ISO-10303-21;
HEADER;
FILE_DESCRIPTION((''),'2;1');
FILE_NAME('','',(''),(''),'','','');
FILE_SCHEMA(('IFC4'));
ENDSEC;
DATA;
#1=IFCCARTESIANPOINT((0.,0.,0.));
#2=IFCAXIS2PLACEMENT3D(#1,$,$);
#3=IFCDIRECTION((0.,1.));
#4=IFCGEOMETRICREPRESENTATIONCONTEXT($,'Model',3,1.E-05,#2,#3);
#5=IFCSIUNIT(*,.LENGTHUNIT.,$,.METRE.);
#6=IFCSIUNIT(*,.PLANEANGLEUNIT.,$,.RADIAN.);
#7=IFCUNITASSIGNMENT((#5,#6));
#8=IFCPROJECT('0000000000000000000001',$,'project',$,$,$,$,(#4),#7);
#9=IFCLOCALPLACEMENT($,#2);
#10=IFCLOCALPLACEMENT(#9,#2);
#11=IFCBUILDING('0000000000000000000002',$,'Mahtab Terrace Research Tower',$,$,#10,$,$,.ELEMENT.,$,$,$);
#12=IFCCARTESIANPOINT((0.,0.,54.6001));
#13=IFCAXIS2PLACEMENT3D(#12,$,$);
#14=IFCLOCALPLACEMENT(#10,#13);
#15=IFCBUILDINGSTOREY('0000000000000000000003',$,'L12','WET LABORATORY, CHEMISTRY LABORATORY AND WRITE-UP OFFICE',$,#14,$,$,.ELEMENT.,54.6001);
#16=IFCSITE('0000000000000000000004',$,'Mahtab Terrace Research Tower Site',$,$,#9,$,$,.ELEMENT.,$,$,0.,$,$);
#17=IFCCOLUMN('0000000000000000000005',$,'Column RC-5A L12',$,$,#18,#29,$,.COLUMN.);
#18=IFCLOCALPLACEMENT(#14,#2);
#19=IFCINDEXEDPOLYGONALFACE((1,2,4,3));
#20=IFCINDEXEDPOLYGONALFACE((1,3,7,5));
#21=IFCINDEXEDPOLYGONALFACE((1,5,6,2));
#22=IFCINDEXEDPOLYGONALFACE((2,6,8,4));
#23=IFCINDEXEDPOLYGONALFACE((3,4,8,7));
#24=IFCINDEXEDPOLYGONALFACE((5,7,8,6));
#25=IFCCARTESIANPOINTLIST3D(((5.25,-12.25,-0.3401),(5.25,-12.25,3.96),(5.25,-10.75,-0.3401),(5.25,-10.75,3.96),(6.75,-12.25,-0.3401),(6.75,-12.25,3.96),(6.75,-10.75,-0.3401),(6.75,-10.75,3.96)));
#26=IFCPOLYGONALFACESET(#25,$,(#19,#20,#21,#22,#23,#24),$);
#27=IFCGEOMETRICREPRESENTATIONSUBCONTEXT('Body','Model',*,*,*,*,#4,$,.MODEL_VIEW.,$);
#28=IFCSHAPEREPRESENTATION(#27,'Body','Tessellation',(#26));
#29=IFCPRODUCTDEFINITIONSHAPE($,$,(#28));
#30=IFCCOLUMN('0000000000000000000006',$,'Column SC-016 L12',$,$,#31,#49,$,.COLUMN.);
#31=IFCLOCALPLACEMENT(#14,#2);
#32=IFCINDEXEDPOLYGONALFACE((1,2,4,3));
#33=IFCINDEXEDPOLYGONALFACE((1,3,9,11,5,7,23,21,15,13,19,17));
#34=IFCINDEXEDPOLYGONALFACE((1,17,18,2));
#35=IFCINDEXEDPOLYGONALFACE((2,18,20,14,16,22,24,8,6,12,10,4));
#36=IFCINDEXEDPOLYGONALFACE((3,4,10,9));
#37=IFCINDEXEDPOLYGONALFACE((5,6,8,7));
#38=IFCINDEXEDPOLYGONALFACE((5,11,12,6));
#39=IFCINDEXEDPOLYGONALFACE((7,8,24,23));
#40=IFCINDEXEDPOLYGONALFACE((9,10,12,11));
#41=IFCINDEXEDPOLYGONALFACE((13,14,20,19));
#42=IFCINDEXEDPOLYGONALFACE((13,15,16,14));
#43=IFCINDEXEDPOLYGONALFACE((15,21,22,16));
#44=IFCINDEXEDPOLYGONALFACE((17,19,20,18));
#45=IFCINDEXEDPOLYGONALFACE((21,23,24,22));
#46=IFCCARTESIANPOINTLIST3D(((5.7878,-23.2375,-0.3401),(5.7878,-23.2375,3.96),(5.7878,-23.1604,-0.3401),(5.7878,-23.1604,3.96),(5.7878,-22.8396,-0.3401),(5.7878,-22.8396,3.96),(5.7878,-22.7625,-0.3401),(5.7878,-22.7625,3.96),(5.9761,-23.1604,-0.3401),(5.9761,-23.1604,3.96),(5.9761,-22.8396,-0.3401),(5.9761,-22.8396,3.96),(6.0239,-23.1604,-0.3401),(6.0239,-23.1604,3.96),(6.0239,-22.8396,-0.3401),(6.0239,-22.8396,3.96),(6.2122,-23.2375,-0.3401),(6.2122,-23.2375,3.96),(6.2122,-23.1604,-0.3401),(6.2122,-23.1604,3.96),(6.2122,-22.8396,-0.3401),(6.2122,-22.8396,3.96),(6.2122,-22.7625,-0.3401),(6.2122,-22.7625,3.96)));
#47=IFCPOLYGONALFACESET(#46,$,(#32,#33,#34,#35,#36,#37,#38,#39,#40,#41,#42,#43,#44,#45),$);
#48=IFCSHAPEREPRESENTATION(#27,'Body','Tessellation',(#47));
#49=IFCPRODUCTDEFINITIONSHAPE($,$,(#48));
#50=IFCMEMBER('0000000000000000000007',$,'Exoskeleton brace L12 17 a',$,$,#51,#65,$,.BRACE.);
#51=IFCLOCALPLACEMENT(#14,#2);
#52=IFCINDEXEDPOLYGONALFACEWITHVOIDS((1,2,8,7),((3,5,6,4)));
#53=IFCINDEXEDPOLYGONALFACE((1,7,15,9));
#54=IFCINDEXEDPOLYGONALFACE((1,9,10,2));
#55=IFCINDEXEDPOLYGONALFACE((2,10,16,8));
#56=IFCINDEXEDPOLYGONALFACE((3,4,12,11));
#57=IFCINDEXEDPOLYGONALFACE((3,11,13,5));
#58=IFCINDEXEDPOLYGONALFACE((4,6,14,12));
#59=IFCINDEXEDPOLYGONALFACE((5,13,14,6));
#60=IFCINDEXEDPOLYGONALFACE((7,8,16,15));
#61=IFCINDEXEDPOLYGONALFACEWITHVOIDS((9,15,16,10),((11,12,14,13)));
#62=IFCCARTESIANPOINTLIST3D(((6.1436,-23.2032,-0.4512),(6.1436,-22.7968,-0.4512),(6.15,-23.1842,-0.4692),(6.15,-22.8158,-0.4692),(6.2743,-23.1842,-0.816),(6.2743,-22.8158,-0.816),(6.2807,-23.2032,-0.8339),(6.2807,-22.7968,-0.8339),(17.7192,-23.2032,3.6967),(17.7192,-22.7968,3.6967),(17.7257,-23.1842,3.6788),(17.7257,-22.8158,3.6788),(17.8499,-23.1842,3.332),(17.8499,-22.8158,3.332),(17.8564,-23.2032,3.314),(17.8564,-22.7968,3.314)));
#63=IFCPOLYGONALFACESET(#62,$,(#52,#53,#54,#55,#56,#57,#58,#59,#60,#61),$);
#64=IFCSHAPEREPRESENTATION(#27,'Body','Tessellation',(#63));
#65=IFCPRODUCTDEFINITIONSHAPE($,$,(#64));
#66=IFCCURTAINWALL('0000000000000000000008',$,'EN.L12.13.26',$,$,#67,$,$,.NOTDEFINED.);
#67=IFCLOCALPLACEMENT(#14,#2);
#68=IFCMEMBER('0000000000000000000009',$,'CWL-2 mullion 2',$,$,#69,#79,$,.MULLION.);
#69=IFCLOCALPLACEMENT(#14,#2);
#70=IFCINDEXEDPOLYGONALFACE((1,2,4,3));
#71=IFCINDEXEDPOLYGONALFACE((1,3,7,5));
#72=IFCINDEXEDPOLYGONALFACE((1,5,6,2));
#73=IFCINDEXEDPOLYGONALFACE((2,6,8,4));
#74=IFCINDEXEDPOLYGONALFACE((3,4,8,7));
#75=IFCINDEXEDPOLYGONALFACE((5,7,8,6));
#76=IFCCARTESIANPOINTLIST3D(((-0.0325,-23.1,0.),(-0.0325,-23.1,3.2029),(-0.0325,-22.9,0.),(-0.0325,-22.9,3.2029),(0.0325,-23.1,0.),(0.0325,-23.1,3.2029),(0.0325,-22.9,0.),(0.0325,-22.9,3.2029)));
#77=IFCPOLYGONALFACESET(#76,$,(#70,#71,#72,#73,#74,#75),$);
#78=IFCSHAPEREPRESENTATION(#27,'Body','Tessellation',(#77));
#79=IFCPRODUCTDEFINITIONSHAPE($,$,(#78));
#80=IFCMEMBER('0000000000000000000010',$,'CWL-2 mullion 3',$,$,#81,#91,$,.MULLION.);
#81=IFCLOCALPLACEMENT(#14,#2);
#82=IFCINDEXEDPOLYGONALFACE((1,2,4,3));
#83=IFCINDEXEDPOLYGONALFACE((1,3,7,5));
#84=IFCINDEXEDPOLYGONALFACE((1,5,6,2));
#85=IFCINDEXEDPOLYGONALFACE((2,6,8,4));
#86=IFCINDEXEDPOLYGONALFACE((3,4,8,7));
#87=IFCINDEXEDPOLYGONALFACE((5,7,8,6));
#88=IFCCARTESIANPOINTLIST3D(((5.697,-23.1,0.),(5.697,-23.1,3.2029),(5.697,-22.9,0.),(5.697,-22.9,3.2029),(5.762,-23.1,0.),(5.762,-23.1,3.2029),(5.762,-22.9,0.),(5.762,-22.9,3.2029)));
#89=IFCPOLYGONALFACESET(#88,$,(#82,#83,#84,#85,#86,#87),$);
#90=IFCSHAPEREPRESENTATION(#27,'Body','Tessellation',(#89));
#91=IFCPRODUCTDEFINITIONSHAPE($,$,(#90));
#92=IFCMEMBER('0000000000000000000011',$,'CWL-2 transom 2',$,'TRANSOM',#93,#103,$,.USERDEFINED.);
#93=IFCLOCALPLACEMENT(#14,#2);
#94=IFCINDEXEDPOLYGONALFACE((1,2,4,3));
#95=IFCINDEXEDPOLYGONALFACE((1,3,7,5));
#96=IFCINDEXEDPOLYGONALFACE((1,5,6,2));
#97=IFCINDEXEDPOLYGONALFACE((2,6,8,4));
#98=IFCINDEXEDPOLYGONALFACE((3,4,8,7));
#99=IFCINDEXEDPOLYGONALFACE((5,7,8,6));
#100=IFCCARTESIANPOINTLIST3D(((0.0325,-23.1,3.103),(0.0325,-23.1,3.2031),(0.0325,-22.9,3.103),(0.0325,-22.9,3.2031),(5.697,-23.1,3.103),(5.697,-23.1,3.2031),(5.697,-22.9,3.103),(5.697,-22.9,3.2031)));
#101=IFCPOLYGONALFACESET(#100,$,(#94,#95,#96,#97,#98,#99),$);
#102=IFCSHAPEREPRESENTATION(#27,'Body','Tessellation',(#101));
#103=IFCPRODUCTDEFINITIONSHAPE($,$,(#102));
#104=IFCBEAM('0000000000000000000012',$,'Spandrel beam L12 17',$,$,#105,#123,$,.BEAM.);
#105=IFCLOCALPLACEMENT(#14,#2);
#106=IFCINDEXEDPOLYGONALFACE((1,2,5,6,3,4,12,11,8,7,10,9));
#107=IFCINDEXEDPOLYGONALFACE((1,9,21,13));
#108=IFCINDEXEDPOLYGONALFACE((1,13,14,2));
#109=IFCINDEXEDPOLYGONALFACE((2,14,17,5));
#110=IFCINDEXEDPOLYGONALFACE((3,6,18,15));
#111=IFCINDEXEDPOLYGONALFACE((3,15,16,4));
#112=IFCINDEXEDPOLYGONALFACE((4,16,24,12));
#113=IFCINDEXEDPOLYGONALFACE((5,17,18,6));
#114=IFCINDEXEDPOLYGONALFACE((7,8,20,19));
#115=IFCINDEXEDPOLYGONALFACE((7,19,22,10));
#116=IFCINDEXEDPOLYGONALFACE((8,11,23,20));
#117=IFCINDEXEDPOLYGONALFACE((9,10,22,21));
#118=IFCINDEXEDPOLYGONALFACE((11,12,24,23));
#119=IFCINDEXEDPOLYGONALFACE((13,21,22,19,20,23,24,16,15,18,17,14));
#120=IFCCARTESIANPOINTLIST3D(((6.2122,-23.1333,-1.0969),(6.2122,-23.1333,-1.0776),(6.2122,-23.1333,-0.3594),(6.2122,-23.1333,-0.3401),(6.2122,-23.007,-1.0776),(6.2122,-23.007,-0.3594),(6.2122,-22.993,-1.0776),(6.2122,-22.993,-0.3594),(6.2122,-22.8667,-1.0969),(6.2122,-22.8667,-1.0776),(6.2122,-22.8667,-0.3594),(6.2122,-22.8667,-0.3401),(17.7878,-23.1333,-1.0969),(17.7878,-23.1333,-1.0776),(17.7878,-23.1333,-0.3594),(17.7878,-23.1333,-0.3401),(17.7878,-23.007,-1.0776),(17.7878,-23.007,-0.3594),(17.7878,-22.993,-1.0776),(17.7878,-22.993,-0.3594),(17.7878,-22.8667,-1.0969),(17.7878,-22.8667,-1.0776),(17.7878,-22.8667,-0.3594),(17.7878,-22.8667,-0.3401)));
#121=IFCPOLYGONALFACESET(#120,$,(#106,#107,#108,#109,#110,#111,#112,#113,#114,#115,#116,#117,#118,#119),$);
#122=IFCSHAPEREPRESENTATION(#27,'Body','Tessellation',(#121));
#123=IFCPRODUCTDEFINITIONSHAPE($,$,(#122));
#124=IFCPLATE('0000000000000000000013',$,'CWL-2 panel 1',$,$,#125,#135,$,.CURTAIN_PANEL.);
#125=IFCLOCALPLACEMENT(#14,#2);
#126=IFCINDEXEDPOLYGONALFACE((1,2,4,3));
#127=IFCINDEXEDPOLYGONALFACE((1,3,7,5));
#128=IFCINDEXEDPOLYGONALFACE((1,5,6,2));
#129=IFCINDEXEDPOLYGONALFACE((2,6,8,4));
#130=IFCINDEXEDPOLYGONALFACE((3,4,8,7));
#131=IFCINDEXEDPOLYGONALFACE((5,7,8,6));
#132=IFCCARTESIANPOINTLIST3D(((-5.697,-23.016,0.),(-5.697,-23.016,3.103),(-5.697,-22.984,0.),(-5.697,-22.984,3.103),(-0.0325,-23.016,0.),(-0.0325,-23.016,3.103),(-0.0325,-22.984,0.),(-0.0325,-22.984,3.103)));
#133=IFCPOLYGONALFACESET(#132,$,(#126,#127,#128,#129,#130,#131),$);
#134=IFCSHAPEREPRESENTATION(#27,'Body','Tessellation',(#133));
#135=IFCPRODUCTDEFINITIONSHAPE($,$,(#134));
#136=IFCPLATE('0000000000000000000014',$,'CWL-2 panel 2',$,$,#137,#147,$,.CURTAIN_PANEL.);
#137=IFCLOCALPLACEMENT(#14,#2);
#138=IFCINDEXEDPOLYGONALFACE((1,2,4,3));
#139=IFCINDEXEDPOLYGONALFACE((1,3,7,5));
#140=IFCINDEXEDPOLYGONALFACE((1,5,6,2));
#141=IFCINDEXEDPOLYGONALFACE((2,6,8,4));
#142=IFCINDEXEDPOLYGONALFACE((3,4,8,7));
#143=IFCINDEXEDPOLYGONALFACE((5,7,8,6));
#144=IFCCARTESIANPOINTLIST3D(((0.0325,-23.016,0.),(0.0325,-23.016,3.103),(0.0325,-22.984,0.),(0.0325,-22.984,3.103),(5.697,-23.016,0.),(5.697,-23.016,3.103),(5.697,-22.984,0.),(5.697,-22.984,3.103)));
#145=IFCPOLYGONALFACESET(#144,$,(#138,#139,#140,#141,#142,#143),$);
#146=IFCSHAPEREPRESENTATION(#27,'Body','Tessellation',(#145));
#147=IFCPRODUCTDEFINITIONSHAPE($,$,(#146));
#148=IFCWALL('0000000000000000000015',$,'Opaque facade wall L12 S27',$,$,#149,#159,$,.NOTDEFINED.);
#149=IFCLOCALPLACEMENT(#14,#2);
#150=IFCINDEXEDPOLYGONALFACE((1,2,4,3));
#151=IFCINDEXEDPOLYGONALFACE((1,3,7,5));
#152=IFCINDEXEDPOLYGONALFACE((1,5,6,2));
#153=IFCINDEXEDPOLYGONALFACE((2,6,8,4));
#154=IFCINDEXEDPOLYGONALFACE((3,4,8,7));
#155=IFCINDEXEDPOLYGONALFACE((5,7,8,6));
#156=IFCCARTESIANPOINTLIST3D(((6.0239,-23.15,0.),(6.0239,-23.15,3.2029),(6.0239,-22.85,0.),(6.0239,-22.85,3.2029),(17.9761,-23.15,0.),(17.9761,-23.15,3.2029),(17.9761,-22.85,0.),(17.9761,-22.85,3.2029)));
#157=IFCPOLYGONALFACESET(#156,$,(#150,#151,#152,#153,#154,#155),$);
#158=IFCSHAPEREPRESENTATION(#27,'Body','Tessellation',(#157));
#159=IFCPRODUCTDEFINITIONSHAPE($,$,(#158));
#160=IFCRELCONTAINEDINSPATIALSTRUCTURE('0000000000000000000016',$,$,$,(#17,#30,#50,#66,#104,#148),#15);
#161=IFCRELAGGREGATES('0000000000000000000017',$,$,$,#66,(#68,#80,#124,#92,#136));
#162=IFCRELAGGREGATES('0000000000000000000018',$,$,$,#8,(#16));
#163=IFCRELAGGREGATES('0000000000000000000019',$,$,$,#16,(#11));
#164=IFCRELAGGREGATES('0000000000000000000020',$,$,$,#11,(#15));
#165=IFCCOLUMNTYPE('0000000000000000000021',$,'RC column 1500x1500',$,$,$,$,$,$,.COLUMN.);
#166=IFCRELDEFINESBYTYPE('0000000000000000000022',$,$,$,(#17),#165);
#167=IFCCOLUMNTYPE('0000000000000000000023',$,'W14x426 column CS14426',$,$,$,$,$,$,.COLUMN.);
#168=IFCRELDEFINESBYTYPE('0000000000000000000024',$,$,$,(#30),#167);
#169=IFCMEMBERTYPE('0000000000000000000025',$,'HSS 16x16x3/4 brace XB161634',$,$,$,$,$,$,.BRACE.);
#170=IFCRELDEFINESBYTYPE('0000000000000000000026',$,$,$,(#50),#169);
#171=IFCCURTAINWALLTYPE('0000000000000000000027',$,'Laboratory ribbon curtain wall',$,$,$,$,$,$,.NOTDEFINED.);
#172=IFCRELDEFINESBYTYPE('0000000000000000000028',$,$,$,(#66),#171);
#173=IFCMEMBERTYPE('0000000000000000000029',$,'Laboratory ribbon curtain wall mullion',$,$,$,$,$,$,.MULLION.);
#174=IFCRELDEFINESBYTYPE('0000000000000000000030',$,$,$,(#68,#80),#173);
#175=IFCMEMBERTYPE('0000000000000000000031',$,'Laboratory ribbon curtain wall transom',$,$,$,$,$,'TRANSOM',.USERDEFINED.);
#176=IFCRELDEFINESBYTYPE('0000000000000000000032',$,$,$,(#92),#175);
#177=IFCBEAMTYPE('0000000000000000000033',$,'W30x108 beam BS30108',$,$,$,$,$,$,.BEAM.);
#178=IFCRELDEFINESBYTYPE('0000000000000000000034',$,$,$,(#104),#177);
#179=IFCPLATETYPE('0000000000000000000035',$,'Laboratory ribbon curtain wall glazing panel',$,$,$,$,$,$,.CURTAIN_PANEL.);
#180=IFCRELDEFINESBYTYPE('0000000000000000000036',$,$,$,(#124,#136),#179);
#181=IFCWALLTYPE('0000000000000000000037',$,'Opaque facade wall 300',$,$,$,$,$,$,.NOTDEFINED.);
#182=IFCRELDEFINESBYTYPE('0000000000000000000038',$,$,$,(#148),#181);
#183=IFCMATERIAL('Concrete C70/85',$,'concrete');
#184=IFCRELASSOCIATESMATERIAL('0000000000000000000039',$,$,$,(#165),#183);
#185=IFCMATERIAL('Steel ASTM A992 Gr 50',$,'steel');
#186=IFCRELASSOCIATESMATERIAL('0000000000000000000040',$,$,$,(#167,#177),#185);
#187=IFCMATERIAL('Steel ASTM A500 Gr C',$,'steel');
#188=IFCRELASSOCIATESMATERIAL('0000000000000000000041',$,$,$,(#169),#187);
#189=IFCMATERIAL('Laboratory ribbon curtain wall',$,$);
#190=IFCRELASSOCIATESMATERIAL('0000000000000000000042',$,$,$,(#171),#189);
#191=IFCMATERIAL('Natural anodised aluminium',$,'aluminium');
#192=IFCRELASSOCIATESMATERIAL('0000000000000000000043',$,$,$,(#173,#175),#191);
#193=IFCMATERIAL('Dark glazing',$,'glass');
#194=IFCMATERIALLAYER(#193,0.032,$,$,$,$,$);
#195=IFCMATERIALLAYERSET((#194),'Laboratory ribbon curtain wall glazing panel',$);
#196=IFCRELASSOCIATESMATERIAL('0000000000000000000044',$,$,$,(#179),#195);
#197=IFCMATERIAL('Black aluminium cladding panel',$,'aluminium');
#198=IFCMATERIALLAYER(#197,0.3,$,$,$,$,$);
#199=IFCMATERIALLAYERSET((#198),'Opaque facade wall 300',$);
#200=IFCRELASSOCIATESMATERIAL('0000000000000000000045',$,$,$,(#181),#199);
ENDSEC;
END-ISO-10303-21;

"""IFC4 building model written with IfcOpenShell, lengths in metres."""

from ifc_helpers import new_model, si_unit, direction, frame, frame_2d, origin, origin_2d, place, context, subcontext, project, spatial, rectangle, hollow_rectangle, i_section, extrude, material, layer, layer_set, material_profile, profile_set, type_object, element, aggregate, save


model = new_model("IFC4")

# Units and contexts
model_context = context("Model", 3, precision=1e-05, world=origin(), true_north=direction((0.0, 1.0)))
body_context = subcontext(model_context, "Body", "Model", "MODEL_VIEW")
ifc_project = project(units=[si_unit("LENGTHUNIT", "METRE"), si_unit("PLANEANGLEUNIT", "RADIAN")], contexts=[model_context])

# Site, building, storey
site_placement = place(None, origin())
site = spatial("IfcSite", under=ifc_project, at=site_placement, Name="Mahtab Terrace Research Tower Site", CompositionType="ELEMENT", RefElevation=0.0)
building_placement = place(site_placement, origin())
building = spatial("IfcBuilding", under=site, at=building_placement, Name="Mahtab Terrace Research Tower", CompositionType="ELEMENT")
storey_placement = place(building_placement, frame((0.0, 0.0, 54.6001)))
storey = spatial("IfcBuildingStorey", under=building, at=storey_placement, Name="L12", Description="WET LABORATORY, CHEMISTRY LABORATORY AND WRITE-UP OFFICE", CompositionType="ELEMENT", Elevation=54.6001)

# Columns
ifc_material_1 = material(Name="Concrete C70/85", Category="concrete")
ifc_material_profile_1 = material_profile(ifc_material_1, rectangle(XDim=1.5, YDim=1.5, at=origin_2d()), Name="RC column 1500x1500")
ifc_profile_set_1 = profile_set([ifc_material_profile_1], Name="Concrete C70/85")
column_type_1 = type_object("IfcColumnType", Name="RC column 1500x1500", PredefinedType="COLUMN", material=ifc_profile_set_1)
column_1_placement = place(storey_placement, frame((6.0, -11.5, -0.3401), z_axis=(0.0, 0.0, 1.0), x_axis=(1.0, 0.0, 0.0)))
element("IfcColumn", 1, at=column_1_placement, inside=storey, type_object=column_type_1, Name="Column RC-5A L12", PredefinedType="COLUMN", context=body_context, shape_type="SweptSolid", body=[
    extrude(rectangle(XDim=1.5, YDim=1.5, at=origin_2d()), origin(), (0.0, 0.0, 1.0), 4.3),
])
ifc_material_2 = material(Name="Steel ASTM A992 Gr 50", Category="steel")
ifc_material_profile_2 = material_profile(ifc_material_2, i_section(OverallWidth=0.4243, OverallDepth=0.4751, WebThickness=0.0479, FlangeThickness=0.0771, at=origin_2d()), Name="W14X426")
ifc_profile_set_2 = profile_set([ifc_material_profile_2], Name="Steel ASTM A992 Gr 50")
column_type_2 = type_object("IfcColumnType", Name="W14x426 column CS14426", PredefinedType="COLUMN", material=ifc_profile_set_2)
column_2_placement = place(storey_placement, frame((6.0, -23.0, -0.3401), z_axis=(0.0, 0.0, 1.0), x_axis=(1.0, 0.0, 0.0)))
element("IfcColumn", 2, at=column_2_placement, inside=storey, type_object=column_type_2, Name="Column SC-016 L12", PredefinedType="COLUMN", context=body_context, shape_type="SweptSolid", body=[
    extrude(i_section(OverallWidth=0.4243, OverallDepth=0.4751, WebThickness=0.0479, FlangeThickness=0.0771, at=origin_2d()), origin(), (0.0, 0.0, 1.0), 4.3),
])

# Member
ifc_material_3 = material(Name="Steel ASTM A500 Gr C", Category="steel")
ifc_material_profile_3 = material_profile(ifc_material_3, hollow_rectangle(XDim=0.4065, YDim=0.4065, WallThickness=0.019, at=origin_2d()), Name="HSS16X16X3/4")
ifc_profile_set_3 = profile_set([ifc_material_profile_3], Name="Steel ASTM A500 Gr C")
member_type_1 = type_object("IfcMemberType", Name="HSS 16x16x3/4 brace XB161634", PredefinedType="BRACE", material=ifc_profile_set_3)
member_1_placement = place(storey_placement, frame((6.2122, -23.0, -0.6426), z_axis=(0.941387, 0.0, 0.33733), x_axis=(0.0, 1.0, 0.0)))
element("IfcMember", 3, at=member_1_placement, inside=storey, type_object=member_type_1, Name="Exoskeleton brace L12 17 a", PredefinedType="BRACE", context=body_context, shape_type="SweptSolid", body=[
    extrude(hollow_rectangle(XDim=0.4065, YDim=0.4065, WallThickness=0.019, at=origin_2d()), origin(), (0.0, 0.0, 1.0), 12.2964),
])

# Curtain wall, members
ifc_material_4 = material(Name="Laboratory ribbon curtain wall")
curtain_wall_type = type_object("IfcCurtainWallType", Name="Laboratory ribbon curtain wall", PredefinedType="NOTDEFINED", material=ifc_material_4)
curtain_wall_placement = place(storey_placement, origin())
curtain_wall = element("IfcCurtainWall", 4, at=curtain_wall_placement, inside=storey, type_object=curtain_wall_type, Name="EN.L12.13.26", PredefinedType="NOTDEFINED")
ifc_material_5 = material(Name="Natural anodised aluminium", Category="aluminium")
ifc_material_profile_4 = material_profile(ifc_material_5, rectangle(XDim=0.2, YDim=0.0649, at=origin_2d()), Name="MULLION 65x200")
ifc_profile_set_4 = profile_set([ifc_material_profile_4], Name="Natural anodised aluminium")
member_type_2 = type_object("IfcMemberType", Name="Laboratory ribbon curtain wall mullion", PredefinedType="MULLION", material=ifc_profile_set_4)
member_2_placement = place(storey_placement, frame((0.0, -23.0, 0.0), z_axis=(0.0, 0.0, 1.0), x_axis=(0.0, 1.0, 0.0)))
member_2 = element("IfcMember", 5, at=member_2_placement, type_object=member_type_2, Name="CWL-2 mullion 2", PredefinedType="MULLION", context=body_context, shape_type="SweptSolid", body=[
    extrude(rectangle(XDim=0.2, YDim=0.0649, at=origin_2d()), origin(), (0.0, 0.0, 1.0), 3.2029),
])
member_3_placement = place(storey_placement, frame((5.7295, -23.0, 0.0), z_axis=(0.0, 0.0, 1.0), x_axis=(0.0, 1.0, 0.0)))
member_3 = element("IfcMember", 6, at=member_3_placement, type_object=member_type_2, Name="CWL-2 mullion 3", PredefinedType="MULLION", context=body_context, shape_type="SweptSolid", body=[
    extrude(rectangle(XDim=0.2, YDim=0.0649, at=origin_2d()), origin(), (0.0, 0.0, 1.0), 3.2029),
])
ifc_material_profile_5 = material_profile(ifc_material_5, rectangle(XDim=0.2, YDim=0.1001, at=origin_2d()), Name="TRANSOM 100x200")
ifc_profile_set_5 = profile_set([ifc_material_profile_5], Name="Natural anodised aluminium")
member_type_3 = type_object("IfcMemberType", Name="Laboratory ribbon curtain wall transom", ElementType="TRANSOM", PredefinedType="USERDEFINED", material=ifc_profile_set_5)
member_4_placement = place(storey_placement, frame((0.0325, -23.0, 3.1531), z_axis=(1.0, 0.0, 0.0), x_axis=(0.0, 1.0, 0.0)))
member_4 = element("IfcMember", 7, at=member_4_placement, type_object=member_type_3, Name="CWL-2 transom 2", ObjectType="TRANSOM", PredefinedType="USERDEFINED", context=body_context, shape_type="SweptSolid", body=[
    extrude(rectangle(XDim=0.2, YDim=0.1001, at=origin_2d()), origin(), (0.0, 0.0, 1.0), 5.6646),
])

# Beam
ifc_material_profile_6 = material_profile(ifc_material_2, i_section(OverallWidth=0.2666, OverallDepth=0.7568, WebThickness=0.0139, FlangeThickness=0.0193, at=origin_2d()), Name="W30X108")
ifc_profile_set_6 = profile_set([ifc_material_profile_6], Name="Steel ASTM A992 Gr 50")
beam_type = type_object("IfcBeamType", Name="W30x108 beam BS30108", PredefinedType="BEAM", material=ifc_profile_set_6)
beam_placement = place(storey_placement, frame((6.2122, -23.0, -0.7185), z_axis=(1.0, 0.0, 0.0), x_axis=(0.0, 1.0, 0.0)))
element("IfcBeam", 8, at=beam_placement, inside=storey, type_object=beam_type, Name="Spandrel beam L12 17", PredefinedType="BEAM", context=body_context, shape_type="SweptSolid", body=[
    extrude(i_section(OverallWidth=0.2666, OverallDepth=0.7568, WebThickness=0.0139, FlangeThickness=0.0193, at=origin_2d()), origin(), (0.0, 0.0, 1.0), 11.5757),
])

# Plates
ifc_material_6 = material(Name="Dark glazing", Category="glass")
ifc_layer_1 = layer(ifc_material_6, 0.032)
ifc_layer_set_1 = layer_set([ifc_layer_1], Name="Laboratory ribbon curtain wall glazing panel")
plate_type = type_object("IfcPlateType", Name="Laboratory ribbon curtain wall glazing panel", PredefinedType="CURTAIN_PANEL", material=ifc_layer_set_1)
plate_1_placement = place(storey_placement, frame((-2.8647, -23.0, 0.0), z_axis=(0.0, 0.0, 1.0), x_axis=(1.0, 0.0, 0.0)))
plate_1 = element("IfcPlate", 9, at=plate_1_placement, type_object=plate_type, Name="CWL-2 panel 1", PredefinedType="CURTAIN_PANEL", context=body_context, shape_type="SweptSolid", body=[
    extrude(rectangle(XDim=5.6646, YDim=0.032, at=origin_2d()), origin(), (0.0, 0.0, 1.0), 3.103),
])
plate_2_placement = place(storey_placement, frame((2.8647, -23.0, 0.0), z_axis=(0.0, 0.0, 1.0), x_axis=(1.0, 0.0, 0.0)))
plate_2 = element("IfcPlate", 10, at=plate_2_placement, type_object=plate_type, Name="CWL-2 panel 2", PredefinedType="CURTAIN_PANEL", context=body_context, shape_type="SweptSolid", body=[
    extrude(rectangle(XDim=5.6646, YDim=0.032, at=origin_2d()), origin(), (0.0, 0.0, 1.0), 3.103),
])
aggregate(curtain_wall, [member_2, member_3, plate_1, member_4, plate_2])

# Wall
ifc_material_7 = material(Name="Black aluminium cladding panel", Category="aluminium")
ifc_layer_2 = layer(ifc_material_7, 0.3)
ifc_layer_set_2 = layer_set([ifc_layer_2], Name="Opaque facade wall 300")
wall_type_1 = type_object("IfcWallType", Name="Opaque facade wall 300", PredefinedType="NOTDEFINED", material=ifc_layer_set_2)
wall_1_placement = place(storey_placement, frame((6.0239, -23.0, 0.0), z_axis=(0.0, 0.0, 1.0), x_axis=(1.0, 0.0, 0.0)))
element("IfcWall", 11, at=wall_1_placement, inside=storey, type_object=wall_type_1, Name="Opaque facade wall L12 S27", PredefinedType="NOTDEFINED", context=body_context, shape_type="SweptSolid", body=[
    extrude(rectangle(XDim=11.9521, YDim=0.3, at=frame_2d((5.9761, 0.0))), origin(), (0.0, 0.0, 1.0), 3.2029),
])

save(model, "model.ifc")
